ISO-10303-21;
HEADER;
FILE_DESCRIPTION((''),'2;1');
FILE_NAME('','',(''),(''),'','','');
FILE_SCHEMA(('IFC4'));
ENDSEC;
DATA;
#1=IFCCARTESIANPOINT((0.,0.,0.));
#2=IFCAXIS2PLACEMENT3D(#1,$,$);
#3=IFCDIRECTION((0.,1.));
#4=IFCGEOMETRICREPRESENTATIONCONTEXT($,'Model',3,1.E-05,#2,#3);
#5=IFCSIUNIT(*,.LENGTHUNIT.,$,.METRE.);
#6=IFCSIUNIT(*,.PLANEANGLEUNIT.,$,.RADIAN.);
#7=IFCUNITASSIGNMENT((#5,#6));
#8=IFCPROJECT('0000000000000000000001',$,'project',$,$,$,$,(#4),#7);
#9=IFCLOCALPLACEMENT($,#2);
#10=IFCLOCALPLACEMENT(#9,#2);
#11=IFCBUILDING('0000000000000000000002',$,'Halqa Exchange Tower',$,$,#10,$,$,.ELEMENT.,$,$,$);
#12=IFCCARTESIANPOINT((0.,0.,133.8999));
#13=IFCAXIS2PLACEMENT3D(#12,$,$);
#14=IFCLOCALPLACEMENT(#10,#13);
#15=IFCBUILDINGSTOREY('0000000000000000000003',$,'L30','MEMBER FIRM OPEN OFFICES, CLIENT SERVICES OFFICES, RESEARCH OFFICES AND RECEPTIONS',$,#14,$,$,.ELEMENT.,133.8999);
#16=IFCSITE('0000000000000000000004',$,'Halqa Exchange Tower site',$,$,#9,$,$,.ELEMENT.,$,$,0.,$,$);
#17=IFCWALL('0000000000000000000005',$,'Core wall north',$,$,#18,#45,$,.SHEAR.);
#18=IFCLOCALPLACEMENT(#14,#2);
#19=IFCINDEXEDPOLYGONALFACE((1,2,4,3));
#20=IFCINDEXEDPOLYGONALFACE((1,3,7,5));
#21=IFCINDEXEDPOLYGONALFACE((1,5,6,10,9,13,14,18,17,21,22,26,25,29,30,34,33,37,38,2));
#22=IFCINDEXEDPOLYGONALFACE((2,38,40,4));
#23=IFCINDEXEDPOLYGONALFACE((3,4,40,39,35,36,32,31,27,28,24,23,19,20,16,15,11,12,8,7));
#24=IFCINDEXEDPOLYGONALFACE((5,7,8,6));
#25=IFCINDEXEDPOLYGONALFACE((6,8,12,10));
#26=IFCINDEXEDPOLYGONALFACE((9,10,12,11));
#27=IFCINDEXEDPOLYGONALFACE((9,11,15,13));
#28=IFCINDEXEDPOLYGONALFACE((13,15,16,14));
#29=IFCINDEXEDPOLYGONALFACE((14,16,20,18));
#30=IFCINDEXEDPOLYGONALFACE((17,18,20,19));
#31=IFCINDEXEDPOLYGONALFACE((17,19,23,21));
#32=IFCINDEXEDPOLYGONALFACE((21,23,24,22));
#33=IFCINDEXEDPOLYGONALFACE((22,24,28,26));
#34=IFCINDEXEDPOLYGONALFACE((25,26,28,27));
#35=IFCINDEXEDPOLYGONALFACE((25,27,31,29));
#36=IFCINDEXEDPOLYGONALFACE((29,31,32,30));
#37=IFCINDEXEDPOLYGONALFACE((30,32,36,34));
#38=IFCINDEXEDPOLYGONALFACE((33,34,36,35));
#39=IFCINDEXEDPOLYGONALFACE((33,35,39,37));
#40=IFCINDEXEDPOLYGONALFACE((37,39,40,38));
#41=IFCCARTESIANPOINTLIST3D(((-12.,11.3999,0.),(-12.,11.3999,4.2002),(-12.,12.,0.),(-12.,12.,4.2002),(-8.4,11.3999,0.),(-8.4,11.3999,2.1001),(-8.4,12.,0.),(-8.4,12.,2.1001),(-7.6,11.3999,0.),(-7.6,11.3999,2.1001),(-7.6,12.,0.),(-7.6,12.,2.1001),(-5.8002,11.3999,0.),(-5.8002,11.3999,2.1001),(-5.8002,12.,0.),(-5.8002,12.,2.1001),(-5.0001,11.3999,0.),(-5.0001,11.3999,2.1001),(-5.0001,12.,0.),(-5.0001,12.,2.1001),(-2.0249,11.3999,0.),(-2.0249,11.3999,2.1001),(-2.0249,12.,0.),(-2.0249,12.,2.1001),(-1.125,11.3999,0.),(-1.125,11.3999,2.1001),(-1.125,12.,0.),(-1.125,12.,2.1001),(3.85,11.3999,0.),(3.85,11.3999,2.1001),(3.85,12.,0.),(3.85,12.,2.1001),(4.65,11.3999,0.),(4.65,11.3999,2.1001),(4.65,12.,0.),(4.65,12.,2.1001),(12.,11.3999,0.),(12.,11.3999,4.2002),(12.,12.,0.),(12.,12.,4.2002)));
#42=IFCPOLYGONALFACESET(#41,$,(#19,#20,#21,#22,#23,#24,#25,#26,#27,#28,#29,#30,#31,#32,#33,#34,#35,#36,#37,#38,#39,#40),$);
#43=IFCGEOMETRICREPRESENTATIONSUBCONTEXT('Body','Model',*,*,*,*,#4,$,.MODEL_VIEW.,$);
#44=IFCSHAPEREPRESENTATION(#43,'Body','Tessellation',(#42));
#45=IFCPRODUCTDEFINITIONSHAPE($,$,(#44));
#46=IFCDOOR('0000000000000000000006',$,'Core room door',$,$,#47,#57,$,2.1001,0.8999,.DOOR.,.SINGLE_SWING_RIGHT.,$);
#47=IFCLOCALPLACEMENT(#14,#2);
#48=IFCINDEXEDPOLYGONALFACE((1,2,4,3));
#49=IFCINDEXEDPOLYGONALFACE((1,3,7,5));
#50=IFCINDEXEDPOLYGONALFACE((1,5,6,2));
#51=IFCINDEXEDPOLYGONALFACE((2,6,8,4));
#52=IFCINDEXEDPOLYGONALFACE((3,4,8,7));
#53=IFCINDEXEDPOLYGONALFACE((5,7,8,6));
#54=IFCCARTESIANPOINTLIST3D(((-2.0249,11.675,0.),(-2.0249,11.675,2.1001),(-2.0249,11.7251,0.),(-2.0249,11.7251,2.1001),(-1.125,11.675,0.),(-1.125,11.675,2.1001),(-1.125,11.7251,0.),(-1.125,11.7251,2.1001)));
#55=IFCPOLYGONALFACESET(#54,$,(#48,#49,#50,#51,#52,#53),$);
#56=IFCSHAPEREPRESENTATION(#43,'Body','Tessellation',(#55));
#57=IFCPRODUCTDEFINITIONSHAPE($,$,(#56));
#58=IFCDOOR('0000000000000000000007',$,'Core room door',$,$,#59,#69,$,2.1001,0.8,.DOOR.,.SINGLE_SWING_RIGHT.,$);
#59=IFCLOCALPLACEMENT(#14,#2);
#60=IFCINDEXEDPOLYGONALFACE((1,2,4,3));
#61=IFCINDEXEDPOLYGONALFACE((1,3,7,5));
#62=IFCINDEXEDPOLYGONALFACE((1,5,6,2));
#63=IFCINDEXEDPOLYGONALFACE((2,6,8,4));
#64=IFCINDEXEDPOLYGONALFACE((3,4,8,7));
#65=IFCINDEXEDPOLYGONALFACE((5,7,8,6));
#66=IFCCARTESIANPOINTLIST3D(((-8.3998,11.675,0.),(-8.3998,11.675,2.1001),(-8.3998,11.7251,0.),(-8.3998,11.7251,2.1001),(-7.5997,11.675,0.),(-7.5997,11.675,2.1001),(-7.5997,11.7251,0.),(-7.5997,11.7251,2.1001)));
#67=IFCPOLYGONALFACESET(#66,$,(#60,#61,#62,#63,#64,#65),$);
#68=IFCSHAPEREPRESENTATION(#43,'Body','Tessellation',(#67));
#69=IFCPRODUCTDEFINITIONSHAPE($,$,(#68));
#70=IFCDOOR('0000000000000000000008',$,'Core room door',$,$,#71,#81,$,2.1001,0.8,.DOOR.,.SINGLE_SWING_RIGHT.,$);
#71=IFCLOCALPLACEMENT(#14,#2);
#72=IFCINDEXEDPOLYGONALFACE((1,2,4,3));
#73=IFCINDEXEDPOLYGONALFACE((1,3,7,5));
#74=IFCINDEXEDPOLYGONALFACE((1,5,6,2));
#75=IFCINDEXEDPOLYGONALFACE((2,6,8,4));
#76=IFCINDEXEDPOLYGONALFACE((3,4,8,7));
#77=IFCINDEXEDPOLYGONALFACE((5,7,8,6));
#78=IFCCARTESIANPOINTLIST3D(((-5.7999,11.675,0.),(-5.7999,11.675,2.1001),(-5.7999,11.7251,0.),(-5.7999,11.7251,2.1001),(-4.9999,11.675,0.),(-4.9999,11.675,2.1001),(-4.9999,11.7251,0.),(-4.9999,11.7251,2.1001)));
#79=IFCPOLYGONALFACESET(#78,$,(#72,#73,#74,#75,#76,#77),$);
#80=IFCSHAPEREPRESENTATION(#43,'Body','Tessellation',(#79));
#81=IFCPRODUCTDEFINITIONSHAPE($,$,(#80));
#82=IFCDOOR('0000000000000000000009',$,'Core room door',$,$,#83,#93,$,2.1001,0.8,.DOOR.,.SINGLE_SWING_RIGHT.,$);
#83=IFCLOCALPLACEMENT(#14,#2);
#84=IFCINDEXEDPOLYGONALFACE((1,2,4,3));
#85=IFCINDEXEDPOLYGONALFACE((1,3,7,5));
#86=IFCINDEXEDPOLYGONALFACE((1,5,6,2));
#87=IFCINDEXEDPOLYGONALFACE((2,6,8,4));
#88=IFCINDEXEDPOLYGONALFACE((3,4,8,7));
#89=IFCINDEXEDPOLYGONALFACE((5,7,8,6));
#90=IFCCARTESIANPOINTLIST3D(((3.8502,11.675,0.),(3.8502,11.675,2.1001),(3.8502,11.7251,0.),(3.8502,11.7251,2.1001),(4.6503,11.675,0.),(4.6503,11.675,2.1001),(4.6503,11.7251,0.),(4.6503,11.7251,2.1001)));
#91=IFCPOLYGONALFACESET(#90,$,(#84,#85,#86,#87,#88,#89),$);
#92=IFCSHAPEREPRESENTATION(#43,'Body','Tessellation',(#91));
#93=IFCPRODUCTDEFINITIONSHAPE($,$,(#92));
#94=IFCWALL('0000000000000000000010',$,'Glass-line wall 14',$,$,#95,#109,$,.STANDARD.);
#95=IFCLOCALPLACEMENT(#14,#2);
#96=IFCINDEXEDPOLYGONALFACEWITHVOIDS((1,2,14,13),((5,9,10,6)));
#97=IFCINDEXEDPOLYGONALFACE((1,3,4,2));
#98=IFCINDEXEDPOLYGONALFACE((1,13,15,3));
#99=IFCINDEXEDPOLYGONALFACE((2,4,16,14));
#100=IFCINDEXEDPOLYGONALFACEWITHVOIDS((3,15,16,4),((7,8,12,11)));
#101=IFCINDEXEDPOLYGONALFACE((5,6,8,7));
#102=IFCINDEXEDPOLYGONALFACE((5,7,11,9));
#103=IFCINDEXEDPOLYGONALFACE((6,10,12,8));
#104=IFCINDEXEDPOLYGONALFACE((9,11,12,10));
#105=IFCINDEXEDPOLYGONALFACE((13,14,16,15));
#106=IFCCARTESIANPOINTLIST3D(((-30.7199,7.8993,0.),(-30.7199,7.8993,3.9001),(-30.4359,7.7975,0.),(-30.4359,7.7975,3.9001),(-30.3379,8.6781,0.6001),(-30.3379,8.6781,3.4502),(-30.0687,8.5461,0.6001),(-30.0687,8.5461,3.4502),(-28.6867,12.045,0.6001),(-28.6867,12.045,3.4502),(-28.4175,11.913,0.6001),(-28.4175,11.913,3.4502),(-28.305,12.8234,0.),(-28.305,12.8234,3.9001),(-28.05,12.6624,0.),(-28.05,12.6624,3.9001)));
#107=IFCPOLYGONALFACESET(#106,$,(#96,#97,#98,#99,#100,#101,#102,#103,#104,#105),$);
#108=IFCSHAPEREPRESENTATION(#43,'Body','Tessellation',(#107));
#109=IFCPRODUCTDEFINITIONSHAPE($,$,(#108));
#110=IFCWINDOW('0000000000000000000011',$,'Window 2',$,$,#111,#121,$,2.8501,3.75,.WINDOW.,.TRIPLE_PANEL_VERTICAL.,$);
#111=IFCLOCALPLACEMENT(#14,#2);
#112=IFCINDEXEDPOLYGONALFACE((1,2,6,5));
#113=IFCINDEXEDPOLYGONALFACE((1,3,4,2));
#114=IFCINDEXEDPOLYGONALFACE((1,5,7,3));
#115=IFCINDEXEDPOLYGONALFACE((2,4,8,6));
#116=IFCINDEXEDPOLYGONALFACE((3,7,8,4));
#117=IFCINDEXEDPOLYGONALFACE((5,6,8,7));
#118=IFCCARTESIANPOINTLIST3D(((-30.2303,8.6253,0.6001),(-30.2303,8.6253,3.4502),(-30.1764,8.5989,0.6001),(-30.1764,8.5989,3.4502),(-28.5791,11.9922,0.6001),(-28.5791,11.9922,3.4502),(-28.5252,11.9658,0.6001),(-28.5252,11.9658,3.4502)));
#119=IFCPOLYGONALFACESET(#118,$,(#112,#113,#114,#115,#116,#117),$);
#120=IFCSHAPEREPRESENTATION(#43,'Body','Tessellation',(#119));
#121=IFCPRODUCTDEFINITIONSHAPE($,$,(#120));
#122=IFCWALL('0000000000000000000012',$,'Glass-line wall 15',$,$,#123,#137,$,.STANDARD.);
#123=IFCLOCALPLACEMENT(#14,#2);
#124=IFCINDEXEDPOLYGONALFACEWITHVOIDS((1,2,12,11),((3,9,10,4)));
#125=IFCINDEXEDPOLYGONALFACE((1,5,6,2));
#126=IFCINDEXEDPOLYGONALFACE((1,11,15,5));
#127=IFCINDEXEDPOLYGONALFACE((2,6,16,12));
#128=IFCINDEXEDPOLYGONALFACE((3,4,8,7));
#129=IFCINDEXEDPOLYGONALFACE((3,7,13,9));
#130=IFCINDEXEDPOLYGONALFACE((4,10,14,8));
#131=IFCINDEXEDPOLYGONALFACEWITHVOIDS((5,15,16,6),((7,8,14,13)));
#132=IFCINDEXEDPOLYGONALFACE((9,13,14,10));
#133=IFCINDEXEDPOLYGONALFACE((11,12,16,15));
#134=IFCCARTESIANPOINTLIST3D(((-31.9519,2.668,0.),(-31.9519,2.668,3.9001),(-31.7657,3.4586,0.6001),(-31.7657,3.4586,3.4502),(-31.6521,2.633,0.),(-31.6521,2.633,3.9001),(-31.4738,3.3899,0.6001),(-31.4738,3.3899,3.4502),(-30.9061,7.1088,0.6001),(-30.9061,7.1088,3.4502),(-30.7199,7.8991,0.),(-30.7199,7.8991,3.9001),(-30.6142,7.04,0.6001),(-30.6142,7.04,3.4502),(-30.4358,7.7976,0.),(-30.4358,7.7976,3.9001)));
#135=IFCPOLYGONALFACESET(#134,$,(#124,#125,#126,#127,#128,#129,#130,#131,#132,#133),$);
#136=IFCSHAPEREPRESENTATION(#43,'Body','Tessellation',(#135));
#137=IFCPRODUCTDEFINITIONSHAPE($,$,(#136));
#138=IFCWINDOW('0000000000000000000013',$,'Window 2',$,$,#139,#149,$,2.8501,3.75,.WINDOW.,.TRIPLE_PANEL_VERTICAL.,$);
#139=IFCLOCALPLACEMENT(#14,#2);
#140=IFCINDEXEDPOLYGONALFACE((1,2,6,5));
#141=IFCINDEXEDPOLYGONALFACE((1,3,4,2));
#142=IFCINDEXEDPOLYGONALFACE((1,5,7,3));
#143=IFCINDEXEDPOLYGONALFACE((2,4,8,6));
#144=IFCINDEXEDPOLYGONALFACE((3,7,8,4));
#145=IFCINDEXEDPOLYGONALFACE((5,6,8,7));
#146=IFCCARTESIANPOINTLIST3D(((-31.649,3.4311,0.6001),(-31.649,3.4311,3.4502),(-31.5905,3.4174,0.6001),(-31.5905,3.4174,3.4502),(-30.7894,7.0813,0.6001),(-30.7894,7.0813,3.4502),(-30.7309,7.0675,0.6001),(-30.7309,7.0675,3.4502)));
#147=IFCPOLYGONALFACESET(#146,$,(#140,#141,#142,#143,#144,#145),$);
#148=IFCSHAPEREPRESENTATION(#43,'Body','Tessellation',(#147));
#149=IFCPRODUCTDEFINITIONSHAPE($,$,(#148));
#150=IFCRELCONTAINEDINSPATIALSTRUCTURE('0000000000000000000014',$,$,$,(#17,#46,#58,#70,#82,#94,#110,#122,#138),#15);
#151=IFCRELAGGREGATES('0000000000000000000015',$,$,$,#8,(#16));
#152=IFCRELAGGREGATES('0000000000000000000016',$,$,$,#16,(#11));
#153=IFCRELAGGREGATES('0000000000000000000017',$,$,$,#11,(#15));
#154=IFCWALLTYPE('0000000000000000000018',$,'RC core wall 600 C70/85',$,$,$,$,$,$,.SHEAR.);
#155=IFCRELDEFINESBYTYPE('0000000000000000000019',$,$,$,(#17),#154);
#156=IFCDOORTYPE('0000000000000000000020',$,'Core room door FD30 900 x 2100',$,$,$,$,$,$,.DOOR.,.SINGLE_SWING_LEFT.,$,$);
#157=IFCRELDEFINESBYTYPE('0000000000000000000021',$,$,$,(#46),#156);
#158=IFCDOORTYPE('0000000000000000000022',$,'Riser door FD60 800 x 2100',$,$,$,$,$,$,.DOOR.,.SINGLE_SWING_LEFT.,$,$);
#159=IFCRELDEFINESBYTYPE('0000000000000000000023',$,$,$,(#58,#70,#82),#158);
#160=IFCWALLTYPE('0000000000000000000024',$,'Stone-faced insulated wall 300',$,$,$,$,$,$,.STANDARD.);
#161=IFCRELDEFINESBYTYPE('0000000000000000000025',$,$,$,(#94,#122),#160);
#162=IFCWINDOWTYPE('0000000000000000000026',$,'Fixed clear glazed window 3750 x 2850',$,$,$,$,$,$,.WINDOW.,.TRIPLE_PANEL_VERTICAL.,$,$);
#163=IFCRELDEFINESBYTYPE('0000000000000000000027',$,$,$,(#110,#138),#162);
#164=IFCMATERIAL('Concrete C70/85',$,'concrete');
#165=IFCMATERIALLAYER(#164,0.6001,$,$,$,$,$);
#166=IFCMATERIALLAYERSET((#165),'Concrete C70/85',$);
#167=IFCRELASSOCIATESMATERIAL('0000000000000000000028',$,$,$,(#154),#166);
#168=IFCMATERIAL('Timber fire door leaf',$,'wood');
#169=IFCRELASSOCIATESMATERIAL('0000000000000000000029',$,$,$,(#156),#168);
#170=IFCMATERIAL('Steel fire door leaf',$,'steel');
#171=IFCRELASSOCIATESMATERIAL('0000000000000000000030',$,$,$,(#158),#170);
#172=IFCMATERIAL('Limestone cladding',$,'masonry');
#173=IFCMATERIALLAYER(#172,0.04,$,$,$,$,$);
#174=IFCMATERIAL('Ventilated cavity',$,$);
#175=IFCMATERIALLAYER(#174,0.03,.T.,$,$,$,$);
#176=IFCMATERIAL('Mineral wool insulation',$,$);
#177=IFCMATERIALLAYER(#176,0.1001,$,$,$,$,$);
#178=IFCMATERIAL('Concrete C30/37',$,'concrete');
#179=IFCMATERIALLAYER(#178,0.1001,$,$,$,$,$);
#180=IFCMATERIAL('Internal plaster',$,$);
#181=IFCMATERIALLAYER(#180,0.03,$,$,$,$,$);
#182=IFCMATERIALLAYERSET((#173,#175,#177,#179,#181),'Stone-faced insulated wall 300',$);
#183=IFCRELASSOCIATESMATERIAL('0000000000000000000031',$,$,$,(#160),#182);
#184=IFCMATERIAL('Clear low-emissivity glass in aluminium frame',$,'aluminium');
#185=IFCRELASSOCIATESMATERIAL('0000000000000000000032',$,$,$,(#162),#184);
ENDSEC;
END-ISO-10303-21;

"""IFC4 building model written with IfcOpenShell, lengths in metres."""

from ifc_helpers import new_model, si_unit, direction, frame, frame_2d, origin, place, context, subcontext, project, spatial, polyline, rectangle, outline, extrude, material, layer, layer_set, type_object, element, fill, save


model = new_model("IFC4")

# Units and contexts
model_context = context("Model", 3, precision=1e-05, world=origin(), true_north=direction((0.0, 1.0)))
body_context = subcontext(model_context, "Body", "Model", "MODEL_VIEW")
ifc_project = project(units=[si_unit("LENGTHUNIT", "METRE"), si_unit("PLANEANGLEUNIT", "RADIAN")], contexts=[model_context])

# Site, building, storey
site_placement = place(None, origin())
site = spatial("IfcSite", under=ifc_project, at=site_placement, Name="Halqa Exchange Tower site", CompositionType="ELEMENT", RefElevation=0.0)
building_placement = place(site_placement, origin())
building = spatial("IfcBuilding", under=site, at=building_placement, Name="Halqa Exchange Tower", CompositionType="ELEMENT")
storey_placement = place(building_placement, frame((0.0, 0.0, 133.8999)))
storey = spatial("IfcBuildingStorey", under=building, at=storey_placement, Name="L30", Description="MEMBER FIRM OPEN OFFICES, CLIENT SERVICES OFFICES, RESEARCH OFFICES AND RECEPTIONS", CompositionType="ELEMENT", Elevation=133.8999)

# Shared definitions
ifc_material_1 = material(Name="Concrete C70/85", Category="concrete")

# Wall, openings, doors
ifc_layer_1 = layer(ifc_material_1, 0.6001)
ifc_layer_set_1 = layer_set([ifc_layer_1], Name="Concrete C70/85")
wall_type_1 = type_object("IfcWallType", Name="RC core wall 600 C70/85", PredefinedType="SHEAR", material=ifc_layer_set_1)
wall_1_placement = place(storey_placement, frame((-12.0, 11.7, 0.0), z_axis=(0.0, 0.0, 1.0), x_axis=(1.0, 0.0, 0.0)))
wall_1 = element("IfcWall", 1, at=wall_1_placement, inside=storey, type_object=wall_type_1, Name="Core wall north", PredefinedType="SHEAR", context=body_context, shape_type="SweptSolid", body=[
    extrude(rectangle(XDim=24.0, YDim=0.6001, at=frame_2d((12.0, 0.0))), origin(), (0.0, 0.0, 1.0), 4.2002),
])
opening_1_placement = place(wall_1_placement, frame((9.9751, 0.0, 0.0)))
opening_1 = element("IfcOpeningElement", 2, at=opening_1_placement, cuts=wall_1, PredefinedType="OPENING", context=body_context, shape_type="SweptSolid", body=[
    extrude(rectangle(XDim=0.8999, YDim=2.1001, at=frame_2d((0.45, 1.05))), frame((0.0, 0.312, 0.0), z_axis=(0.0, -1.0, 0.0), x_axis=(1.0, 0.0, 0.0)), (0.0, 0.0, 1.0), 0.624),
])
opening_2_placement = place(wall_1_placement, frame((3.6001, 0.0, 0.0)))
opening_2 = element("IfcOpeningElement", 3, at=opening_2_placement, cuts=wall_1, PredefinedType="OPENING", context=body_context, shape_type="SweptSolid", body=[
    extrude(rectangle(XDim=0.8, YDim=2.1001, at=frame_2d((0.3999, 1.05))), frame((0.0, 0.312, 0.0), z_axis=(0.0, -1.0, 0.0), x_axis=(1.0, 0.0, 0.0)), (0.0, 0.0, 1.0), 0.624),
])
opening_3_placement = place(wall_1_placement, frame((6.2, 0.0, 0.0)))
opening_3 = element("IfcOpeningElement", 4, at=opening_3_placement, cuts=wall_1, PredefinedType="OPENING", context=body_context, shape_type="SweptSolid", body=[
    extrude(rectangle(XDim=0.8, YDim=2.1001, at=frame_2d((0.3999, 1.05))), frame((0.0, 0.312, 0.0), z_axis=(0.0, -1.0, 0.0), x_axis=(1.0, 0.0, 0.0)), (0.0, 0.0, 1.0), 0.624),
])
opening_4_placement = place(wall_1_placement, frame((15.8501, 0.0, 0.0)))
opening_4 = element("IfcOpeningElement", 5, at=opening_4_placement, cuts=wall_1, PredefinedType="OPENING", context=body_context, shape_type="SweptSolid", body=[
    extrude(rectangle(XDim=0.8, YDim=2.1001, at=frame_2d((0.3999, 1.05))), frame((0.0, 0.312, 0.0), z_axis=(0.0, -1.0, 0.0), x_axis=(1.0, 0.0, 0.0)), (0.0, 0.0, 1.0), 0.624),
])
ifc_material_2 = material(Name="Timber fire door leaf", Category="wood")
door_type_1 = type_object("IfcDoorType", Name="Core room door FD30 900 x 2100", OperationType="SINGLE_SWING_LEFT", PredefinedType="DOOR", material=ifc_material_2)
door_1_placement = place(opening_1_placement, frame((0.8999, 0.0, 0.0), z_axis=(0.0, 0.0, 1.0), x_axis=(-1.0, 0.0, 0.0)))
door_1 = element("IfcDoor", 6, at=door_1_placement, inside=storey, type_object=door_type_1, Name="Core room door", OperationType="SINGLE_SWING_RIGHT", OverallHeight=2.1001, OverallWidth=0.8999, PredefinedType="DOOR", context=body_context, shape_type="SweptSolid", body=[
    extrude(rectangle(XDim=0.8999, YDim=2.1001, at=frame_2d((0.45, 1.05))), frame((0.0, 0.0249, 0.0), z_axis=(0.0, -1.0, 0.0), x_axis=(1.0, 0.0, 0.0)), (0.0, 0.0, 1.0), 0.05),
])
fill(opening_1, door_1)
ifc_material_3 = material(Name="Steel fire door leaf", Category="steel")
door_type_2 = type_object("IfcDoorType", Name="Riser door FD60 800 x 2100", OperationType="SINGLE_SWING_LEFT", PredefinedType="DOOR", material=ifc_material_3)
door_2_placement = place(opening_2_placement, frame((0.8, 0.0, 0.0), z_axis=(0.0, 0.0, 1.0), x_axis=(-1.0, 0.0, 0.0)))
door_2 = element("IfcDoor", 7, at=door_2_placement, inside=storey, type_object=door_type_2, Name="Core room door", OperationType="SINGLE_SWING_RIGHT", OverallHeight=2.1001, OverallWidth=0.8, PredefinedType="DOOR", context=body_context, shape_type="SweptSolid", body=[
    extrude(rectangle(XDim=0.8, YDim=2.1001, at=frame_2d((0.3999, 1.05))), frame((0.0, 0.0249, 0.0), z_axis=(0.0, -1.0, 0.0), x_axis=(1.0, 0.0, 0.0)), (0.0, 0.0, 1.0), 0.05),
])
fill(opening_2, door_2)
door_3_placement = place(opening_3_placement, frame((0.8, 0.0, 0.0), z_axis=(0.0, 0.0, 1.0), x_axis=(-1.0, 0.0, 0.0)))
door_3 = element("IfcDoor", 8, at=door_3_placement, inside=storey, type_object=door_type_2, Name="Core room door", OperationType="SINGLE_SWING_RIGHT", OverallHeight=2.1001, OverallWidth=0.8, PredefinedType="DOOR", context=body_context, shape_type="SweptSolid", body=[
    extrude(rectangle(XDim=0.8, YDim=2.1001, at=frame_2d((0.3999, 1.05))), frame((0.0, 0.0249, 0.0), z_axis=(0.0, -1.0, 0.0), x_axis=(1.0, 0.0, 0.0)), (0.0, 0.0, 1.0), 0.05),
])
fill(opening_3, door_3)
door_4_placement = place(opening_4_placement, frame((0.8, 0.0, 0.0), z_axis=(0.0, 0.0, 1.0), x_axis=(-1.0, 0.0, 0.0)))
door_4 = element("IfcDoor", 9, at=door_4_placement, inside=storey, type_object=door_type_2, Name="Core room door", OperationType="SINGLE_SWING_RIGHT", OverallHeight=2.1001, OverallWidth=0.8, PredefinedType="DOOR", context=body_context, shape_type="SweptSolid", body=[
    extrude(rectangle(XDim=0.8, YDim=2.1001, at=frame_2d((0.3999, 1.05))), frame((0.0, 0.0249, 0.0), z_axis=(0.0, -1.0, 0.0), x_axis=(1.0, 0.0, 0.0)), (0.0, 0.0, 1.0), 0.05),
])
fill(opening_4, door_4)

# Walls, openings, windows
ifc_material_4 = material(Name="Limestone cladding", Category="masonry")
ifc_layer_2 = layer(ifc_material_4, 0.04)
ifc_material_5 = material(Name="Ventilated cavity")
ifc_layer_3 = layer(ifc_material_5, 0.03, ventilated=True)
ifc_material_6 = material(Name="Mineral wool insulation")
ifc_layer_4 = layer(ifc_material_6, 0.1001)
ifc_material_7 = material(Name="Concrete C30/37", Category="concrete")
ifc_layer_5 = layer(ifc_material_7, 0.1001)
ifc_material_8 = material(Name="Internal plaster")
ifc_layer_6 = layer(ifc_material_8, 0.03)
ifc_layer_set_2 = layer_set([ifc_layer_2, ifc_layer_3, ifc_layer_4, ifc_layer_5, ifc_layer_6], Name="Stone-faced insulated wall 300")
wall_type_2 = type_object("IfcWallType", Name="Stone-faced insulated wall 300", PredefinedType="STANDARD", material=ifc_layer_set_2)
wall_2_placement = place(storey_placement, frame((-28.1775, 12.7429, 0.0), z_axis=(0.0, 0.0, 1.0), x_axis=(-0.440321, -0.89784, 0.0)))
wall_2 = element("IfcWall", 10, at=wall_2_placement, inside=storey, type_object=wall_type_2, Name="Glass-line wall 14", PredefinedType="STANDARD", context=body_context, shape_type="SweptSolid", body=[
    extrude(outline(polyline([(-0.0161, -0.1499), (5.4683, -0.1499), (5.4346, 0.1499), (0.0161, 0.1499), (-0.0161, -0.1499)])), origin(), (0.0, 0.0, 1.0), 3.9001),
])
opening_5_placement = place(wall_2_placement, frame((0.8508, 0.0, 0.6001)))
opening_5 = element("IfcOpeningElement", 11, at=opening_5_placement, cuts=wall_2, PredefinedType="OPENING", context=body_context, shape_type="SweptSolid", body=[
    extrude(rectangle(XDim=3.75, YDim=2.8501, at=frame_2d((1.875, 1.425))), frame((0.0, 0.1621, 0.0), z_axis=(0.0, -1.0, 0.0), x_axis=(1.0, 0.0, 0.0)), (0.0, 0.0, 1.0), 0.324),
])
ifc_material_9 = material(Name="Clear low-emissivity glass in aluminium frame", Category="aluminium")
window_type = type_object("IfcWindowType", Name="Fixed clear glazed window 3750 x 2850", PartitioningType="TRIPLE_PANEL_VERTICAL", PredefinedType="WINDOW", material=ifc_material_9)
window_1_placement = place(opening_5_placement, origin())
window_1 = element("IfcWindow", 12, at=window_1_placement, inside=storey, type_object=window_type, Name="Window 2", OverallHeight=2.8501, OverallWidth=3.75, PartitioningType="TRIPLE_PANEL_VERTICAL", PredefinedType="WINDOW", context=body_context, shape_type="SweptSolid", body=[
    extrude(rectangle(XDim=3.75, YDim=2.8501, at=frame_2d((1.875, 1.425))), frame((0.0, 0.03, 0.0), z_axis=(0.0, -1.0, 0.0), x_axis=(1.0, 0.0, 0.0)), (0.0, 0.0, 1.0), 0.0601),
])
fill(opening_5, window_1)
wall_3_placement = place(storey_placement, frame((-30.5779, 7.8484, 0.0), z_axis=(0.0, 0.0, 1.0), x_axis=(-0.229228, -0.973373, 0.0)))
wall_3 = element("IfcWall", 13, at=wall_3_placement, inside=storey, type_object=wall_type_2, Name="Glass-line wall 15", PredefinedType="STANDARD", context=body_context, shape_type="SweptSolid", body=[
    extrude(outline(polyline([(-0.0168, -0.1499), (5.3574, -0.1499), (5.3228, 0.1499), (0.0168, 0.1499), (-0.0168, -0.1499)])), origin(), (0.0, 0.0, 1.0), 3.9001),
])
opening_6_placement = place(wall_3_placement, frame((0.7952, 0.0, 0.6001)))
opening_6 = element("IfcOpeningElement", 14, at=opening_6_placement, cuts=wall_3, PredefinedType="OPENING", context=body_context, shape_type="SweptSolid", body=[
    extrude(rectangle(XDim=3.75, YDim=2.8501, at=frame_2d((1.875, 1.425))), frame((0.0, 0.1621, 0.0), z_axis=(0.0, -1.0, 0.0), x_axis=(1.0, 0.0, 0.0)), (0.0, 0.0, 1.0), 0.324),
])
window_2_placement = place(opening_6_placement, origin())
window_2 = element("IfcWindow", 15, at=window_2_placement, inside=storey, type_object=window_type, Name="Window 2", OverallHeight=2.8501, OverallWidth=3.75, PartitioningType="TRIPLE_PANEL_VERTICAL", PredefinedType="WINDOW", context=body_context, shape_type="SweptSolid", body=[
    extrude(rectangle(XDim=3.75, YDim=2.8501, at=frame_2d((1.875, 1.425))), frame((0.0, 0.03, 0.0), z_axis=(0.0, -1.0, 0.0), x_axis=(1.0, 0.0, 0.0)), (0.0, 0.0, 1.0), 0.0601),
])
fill(opening_6, window_2)

save(model, "model.ifc")
